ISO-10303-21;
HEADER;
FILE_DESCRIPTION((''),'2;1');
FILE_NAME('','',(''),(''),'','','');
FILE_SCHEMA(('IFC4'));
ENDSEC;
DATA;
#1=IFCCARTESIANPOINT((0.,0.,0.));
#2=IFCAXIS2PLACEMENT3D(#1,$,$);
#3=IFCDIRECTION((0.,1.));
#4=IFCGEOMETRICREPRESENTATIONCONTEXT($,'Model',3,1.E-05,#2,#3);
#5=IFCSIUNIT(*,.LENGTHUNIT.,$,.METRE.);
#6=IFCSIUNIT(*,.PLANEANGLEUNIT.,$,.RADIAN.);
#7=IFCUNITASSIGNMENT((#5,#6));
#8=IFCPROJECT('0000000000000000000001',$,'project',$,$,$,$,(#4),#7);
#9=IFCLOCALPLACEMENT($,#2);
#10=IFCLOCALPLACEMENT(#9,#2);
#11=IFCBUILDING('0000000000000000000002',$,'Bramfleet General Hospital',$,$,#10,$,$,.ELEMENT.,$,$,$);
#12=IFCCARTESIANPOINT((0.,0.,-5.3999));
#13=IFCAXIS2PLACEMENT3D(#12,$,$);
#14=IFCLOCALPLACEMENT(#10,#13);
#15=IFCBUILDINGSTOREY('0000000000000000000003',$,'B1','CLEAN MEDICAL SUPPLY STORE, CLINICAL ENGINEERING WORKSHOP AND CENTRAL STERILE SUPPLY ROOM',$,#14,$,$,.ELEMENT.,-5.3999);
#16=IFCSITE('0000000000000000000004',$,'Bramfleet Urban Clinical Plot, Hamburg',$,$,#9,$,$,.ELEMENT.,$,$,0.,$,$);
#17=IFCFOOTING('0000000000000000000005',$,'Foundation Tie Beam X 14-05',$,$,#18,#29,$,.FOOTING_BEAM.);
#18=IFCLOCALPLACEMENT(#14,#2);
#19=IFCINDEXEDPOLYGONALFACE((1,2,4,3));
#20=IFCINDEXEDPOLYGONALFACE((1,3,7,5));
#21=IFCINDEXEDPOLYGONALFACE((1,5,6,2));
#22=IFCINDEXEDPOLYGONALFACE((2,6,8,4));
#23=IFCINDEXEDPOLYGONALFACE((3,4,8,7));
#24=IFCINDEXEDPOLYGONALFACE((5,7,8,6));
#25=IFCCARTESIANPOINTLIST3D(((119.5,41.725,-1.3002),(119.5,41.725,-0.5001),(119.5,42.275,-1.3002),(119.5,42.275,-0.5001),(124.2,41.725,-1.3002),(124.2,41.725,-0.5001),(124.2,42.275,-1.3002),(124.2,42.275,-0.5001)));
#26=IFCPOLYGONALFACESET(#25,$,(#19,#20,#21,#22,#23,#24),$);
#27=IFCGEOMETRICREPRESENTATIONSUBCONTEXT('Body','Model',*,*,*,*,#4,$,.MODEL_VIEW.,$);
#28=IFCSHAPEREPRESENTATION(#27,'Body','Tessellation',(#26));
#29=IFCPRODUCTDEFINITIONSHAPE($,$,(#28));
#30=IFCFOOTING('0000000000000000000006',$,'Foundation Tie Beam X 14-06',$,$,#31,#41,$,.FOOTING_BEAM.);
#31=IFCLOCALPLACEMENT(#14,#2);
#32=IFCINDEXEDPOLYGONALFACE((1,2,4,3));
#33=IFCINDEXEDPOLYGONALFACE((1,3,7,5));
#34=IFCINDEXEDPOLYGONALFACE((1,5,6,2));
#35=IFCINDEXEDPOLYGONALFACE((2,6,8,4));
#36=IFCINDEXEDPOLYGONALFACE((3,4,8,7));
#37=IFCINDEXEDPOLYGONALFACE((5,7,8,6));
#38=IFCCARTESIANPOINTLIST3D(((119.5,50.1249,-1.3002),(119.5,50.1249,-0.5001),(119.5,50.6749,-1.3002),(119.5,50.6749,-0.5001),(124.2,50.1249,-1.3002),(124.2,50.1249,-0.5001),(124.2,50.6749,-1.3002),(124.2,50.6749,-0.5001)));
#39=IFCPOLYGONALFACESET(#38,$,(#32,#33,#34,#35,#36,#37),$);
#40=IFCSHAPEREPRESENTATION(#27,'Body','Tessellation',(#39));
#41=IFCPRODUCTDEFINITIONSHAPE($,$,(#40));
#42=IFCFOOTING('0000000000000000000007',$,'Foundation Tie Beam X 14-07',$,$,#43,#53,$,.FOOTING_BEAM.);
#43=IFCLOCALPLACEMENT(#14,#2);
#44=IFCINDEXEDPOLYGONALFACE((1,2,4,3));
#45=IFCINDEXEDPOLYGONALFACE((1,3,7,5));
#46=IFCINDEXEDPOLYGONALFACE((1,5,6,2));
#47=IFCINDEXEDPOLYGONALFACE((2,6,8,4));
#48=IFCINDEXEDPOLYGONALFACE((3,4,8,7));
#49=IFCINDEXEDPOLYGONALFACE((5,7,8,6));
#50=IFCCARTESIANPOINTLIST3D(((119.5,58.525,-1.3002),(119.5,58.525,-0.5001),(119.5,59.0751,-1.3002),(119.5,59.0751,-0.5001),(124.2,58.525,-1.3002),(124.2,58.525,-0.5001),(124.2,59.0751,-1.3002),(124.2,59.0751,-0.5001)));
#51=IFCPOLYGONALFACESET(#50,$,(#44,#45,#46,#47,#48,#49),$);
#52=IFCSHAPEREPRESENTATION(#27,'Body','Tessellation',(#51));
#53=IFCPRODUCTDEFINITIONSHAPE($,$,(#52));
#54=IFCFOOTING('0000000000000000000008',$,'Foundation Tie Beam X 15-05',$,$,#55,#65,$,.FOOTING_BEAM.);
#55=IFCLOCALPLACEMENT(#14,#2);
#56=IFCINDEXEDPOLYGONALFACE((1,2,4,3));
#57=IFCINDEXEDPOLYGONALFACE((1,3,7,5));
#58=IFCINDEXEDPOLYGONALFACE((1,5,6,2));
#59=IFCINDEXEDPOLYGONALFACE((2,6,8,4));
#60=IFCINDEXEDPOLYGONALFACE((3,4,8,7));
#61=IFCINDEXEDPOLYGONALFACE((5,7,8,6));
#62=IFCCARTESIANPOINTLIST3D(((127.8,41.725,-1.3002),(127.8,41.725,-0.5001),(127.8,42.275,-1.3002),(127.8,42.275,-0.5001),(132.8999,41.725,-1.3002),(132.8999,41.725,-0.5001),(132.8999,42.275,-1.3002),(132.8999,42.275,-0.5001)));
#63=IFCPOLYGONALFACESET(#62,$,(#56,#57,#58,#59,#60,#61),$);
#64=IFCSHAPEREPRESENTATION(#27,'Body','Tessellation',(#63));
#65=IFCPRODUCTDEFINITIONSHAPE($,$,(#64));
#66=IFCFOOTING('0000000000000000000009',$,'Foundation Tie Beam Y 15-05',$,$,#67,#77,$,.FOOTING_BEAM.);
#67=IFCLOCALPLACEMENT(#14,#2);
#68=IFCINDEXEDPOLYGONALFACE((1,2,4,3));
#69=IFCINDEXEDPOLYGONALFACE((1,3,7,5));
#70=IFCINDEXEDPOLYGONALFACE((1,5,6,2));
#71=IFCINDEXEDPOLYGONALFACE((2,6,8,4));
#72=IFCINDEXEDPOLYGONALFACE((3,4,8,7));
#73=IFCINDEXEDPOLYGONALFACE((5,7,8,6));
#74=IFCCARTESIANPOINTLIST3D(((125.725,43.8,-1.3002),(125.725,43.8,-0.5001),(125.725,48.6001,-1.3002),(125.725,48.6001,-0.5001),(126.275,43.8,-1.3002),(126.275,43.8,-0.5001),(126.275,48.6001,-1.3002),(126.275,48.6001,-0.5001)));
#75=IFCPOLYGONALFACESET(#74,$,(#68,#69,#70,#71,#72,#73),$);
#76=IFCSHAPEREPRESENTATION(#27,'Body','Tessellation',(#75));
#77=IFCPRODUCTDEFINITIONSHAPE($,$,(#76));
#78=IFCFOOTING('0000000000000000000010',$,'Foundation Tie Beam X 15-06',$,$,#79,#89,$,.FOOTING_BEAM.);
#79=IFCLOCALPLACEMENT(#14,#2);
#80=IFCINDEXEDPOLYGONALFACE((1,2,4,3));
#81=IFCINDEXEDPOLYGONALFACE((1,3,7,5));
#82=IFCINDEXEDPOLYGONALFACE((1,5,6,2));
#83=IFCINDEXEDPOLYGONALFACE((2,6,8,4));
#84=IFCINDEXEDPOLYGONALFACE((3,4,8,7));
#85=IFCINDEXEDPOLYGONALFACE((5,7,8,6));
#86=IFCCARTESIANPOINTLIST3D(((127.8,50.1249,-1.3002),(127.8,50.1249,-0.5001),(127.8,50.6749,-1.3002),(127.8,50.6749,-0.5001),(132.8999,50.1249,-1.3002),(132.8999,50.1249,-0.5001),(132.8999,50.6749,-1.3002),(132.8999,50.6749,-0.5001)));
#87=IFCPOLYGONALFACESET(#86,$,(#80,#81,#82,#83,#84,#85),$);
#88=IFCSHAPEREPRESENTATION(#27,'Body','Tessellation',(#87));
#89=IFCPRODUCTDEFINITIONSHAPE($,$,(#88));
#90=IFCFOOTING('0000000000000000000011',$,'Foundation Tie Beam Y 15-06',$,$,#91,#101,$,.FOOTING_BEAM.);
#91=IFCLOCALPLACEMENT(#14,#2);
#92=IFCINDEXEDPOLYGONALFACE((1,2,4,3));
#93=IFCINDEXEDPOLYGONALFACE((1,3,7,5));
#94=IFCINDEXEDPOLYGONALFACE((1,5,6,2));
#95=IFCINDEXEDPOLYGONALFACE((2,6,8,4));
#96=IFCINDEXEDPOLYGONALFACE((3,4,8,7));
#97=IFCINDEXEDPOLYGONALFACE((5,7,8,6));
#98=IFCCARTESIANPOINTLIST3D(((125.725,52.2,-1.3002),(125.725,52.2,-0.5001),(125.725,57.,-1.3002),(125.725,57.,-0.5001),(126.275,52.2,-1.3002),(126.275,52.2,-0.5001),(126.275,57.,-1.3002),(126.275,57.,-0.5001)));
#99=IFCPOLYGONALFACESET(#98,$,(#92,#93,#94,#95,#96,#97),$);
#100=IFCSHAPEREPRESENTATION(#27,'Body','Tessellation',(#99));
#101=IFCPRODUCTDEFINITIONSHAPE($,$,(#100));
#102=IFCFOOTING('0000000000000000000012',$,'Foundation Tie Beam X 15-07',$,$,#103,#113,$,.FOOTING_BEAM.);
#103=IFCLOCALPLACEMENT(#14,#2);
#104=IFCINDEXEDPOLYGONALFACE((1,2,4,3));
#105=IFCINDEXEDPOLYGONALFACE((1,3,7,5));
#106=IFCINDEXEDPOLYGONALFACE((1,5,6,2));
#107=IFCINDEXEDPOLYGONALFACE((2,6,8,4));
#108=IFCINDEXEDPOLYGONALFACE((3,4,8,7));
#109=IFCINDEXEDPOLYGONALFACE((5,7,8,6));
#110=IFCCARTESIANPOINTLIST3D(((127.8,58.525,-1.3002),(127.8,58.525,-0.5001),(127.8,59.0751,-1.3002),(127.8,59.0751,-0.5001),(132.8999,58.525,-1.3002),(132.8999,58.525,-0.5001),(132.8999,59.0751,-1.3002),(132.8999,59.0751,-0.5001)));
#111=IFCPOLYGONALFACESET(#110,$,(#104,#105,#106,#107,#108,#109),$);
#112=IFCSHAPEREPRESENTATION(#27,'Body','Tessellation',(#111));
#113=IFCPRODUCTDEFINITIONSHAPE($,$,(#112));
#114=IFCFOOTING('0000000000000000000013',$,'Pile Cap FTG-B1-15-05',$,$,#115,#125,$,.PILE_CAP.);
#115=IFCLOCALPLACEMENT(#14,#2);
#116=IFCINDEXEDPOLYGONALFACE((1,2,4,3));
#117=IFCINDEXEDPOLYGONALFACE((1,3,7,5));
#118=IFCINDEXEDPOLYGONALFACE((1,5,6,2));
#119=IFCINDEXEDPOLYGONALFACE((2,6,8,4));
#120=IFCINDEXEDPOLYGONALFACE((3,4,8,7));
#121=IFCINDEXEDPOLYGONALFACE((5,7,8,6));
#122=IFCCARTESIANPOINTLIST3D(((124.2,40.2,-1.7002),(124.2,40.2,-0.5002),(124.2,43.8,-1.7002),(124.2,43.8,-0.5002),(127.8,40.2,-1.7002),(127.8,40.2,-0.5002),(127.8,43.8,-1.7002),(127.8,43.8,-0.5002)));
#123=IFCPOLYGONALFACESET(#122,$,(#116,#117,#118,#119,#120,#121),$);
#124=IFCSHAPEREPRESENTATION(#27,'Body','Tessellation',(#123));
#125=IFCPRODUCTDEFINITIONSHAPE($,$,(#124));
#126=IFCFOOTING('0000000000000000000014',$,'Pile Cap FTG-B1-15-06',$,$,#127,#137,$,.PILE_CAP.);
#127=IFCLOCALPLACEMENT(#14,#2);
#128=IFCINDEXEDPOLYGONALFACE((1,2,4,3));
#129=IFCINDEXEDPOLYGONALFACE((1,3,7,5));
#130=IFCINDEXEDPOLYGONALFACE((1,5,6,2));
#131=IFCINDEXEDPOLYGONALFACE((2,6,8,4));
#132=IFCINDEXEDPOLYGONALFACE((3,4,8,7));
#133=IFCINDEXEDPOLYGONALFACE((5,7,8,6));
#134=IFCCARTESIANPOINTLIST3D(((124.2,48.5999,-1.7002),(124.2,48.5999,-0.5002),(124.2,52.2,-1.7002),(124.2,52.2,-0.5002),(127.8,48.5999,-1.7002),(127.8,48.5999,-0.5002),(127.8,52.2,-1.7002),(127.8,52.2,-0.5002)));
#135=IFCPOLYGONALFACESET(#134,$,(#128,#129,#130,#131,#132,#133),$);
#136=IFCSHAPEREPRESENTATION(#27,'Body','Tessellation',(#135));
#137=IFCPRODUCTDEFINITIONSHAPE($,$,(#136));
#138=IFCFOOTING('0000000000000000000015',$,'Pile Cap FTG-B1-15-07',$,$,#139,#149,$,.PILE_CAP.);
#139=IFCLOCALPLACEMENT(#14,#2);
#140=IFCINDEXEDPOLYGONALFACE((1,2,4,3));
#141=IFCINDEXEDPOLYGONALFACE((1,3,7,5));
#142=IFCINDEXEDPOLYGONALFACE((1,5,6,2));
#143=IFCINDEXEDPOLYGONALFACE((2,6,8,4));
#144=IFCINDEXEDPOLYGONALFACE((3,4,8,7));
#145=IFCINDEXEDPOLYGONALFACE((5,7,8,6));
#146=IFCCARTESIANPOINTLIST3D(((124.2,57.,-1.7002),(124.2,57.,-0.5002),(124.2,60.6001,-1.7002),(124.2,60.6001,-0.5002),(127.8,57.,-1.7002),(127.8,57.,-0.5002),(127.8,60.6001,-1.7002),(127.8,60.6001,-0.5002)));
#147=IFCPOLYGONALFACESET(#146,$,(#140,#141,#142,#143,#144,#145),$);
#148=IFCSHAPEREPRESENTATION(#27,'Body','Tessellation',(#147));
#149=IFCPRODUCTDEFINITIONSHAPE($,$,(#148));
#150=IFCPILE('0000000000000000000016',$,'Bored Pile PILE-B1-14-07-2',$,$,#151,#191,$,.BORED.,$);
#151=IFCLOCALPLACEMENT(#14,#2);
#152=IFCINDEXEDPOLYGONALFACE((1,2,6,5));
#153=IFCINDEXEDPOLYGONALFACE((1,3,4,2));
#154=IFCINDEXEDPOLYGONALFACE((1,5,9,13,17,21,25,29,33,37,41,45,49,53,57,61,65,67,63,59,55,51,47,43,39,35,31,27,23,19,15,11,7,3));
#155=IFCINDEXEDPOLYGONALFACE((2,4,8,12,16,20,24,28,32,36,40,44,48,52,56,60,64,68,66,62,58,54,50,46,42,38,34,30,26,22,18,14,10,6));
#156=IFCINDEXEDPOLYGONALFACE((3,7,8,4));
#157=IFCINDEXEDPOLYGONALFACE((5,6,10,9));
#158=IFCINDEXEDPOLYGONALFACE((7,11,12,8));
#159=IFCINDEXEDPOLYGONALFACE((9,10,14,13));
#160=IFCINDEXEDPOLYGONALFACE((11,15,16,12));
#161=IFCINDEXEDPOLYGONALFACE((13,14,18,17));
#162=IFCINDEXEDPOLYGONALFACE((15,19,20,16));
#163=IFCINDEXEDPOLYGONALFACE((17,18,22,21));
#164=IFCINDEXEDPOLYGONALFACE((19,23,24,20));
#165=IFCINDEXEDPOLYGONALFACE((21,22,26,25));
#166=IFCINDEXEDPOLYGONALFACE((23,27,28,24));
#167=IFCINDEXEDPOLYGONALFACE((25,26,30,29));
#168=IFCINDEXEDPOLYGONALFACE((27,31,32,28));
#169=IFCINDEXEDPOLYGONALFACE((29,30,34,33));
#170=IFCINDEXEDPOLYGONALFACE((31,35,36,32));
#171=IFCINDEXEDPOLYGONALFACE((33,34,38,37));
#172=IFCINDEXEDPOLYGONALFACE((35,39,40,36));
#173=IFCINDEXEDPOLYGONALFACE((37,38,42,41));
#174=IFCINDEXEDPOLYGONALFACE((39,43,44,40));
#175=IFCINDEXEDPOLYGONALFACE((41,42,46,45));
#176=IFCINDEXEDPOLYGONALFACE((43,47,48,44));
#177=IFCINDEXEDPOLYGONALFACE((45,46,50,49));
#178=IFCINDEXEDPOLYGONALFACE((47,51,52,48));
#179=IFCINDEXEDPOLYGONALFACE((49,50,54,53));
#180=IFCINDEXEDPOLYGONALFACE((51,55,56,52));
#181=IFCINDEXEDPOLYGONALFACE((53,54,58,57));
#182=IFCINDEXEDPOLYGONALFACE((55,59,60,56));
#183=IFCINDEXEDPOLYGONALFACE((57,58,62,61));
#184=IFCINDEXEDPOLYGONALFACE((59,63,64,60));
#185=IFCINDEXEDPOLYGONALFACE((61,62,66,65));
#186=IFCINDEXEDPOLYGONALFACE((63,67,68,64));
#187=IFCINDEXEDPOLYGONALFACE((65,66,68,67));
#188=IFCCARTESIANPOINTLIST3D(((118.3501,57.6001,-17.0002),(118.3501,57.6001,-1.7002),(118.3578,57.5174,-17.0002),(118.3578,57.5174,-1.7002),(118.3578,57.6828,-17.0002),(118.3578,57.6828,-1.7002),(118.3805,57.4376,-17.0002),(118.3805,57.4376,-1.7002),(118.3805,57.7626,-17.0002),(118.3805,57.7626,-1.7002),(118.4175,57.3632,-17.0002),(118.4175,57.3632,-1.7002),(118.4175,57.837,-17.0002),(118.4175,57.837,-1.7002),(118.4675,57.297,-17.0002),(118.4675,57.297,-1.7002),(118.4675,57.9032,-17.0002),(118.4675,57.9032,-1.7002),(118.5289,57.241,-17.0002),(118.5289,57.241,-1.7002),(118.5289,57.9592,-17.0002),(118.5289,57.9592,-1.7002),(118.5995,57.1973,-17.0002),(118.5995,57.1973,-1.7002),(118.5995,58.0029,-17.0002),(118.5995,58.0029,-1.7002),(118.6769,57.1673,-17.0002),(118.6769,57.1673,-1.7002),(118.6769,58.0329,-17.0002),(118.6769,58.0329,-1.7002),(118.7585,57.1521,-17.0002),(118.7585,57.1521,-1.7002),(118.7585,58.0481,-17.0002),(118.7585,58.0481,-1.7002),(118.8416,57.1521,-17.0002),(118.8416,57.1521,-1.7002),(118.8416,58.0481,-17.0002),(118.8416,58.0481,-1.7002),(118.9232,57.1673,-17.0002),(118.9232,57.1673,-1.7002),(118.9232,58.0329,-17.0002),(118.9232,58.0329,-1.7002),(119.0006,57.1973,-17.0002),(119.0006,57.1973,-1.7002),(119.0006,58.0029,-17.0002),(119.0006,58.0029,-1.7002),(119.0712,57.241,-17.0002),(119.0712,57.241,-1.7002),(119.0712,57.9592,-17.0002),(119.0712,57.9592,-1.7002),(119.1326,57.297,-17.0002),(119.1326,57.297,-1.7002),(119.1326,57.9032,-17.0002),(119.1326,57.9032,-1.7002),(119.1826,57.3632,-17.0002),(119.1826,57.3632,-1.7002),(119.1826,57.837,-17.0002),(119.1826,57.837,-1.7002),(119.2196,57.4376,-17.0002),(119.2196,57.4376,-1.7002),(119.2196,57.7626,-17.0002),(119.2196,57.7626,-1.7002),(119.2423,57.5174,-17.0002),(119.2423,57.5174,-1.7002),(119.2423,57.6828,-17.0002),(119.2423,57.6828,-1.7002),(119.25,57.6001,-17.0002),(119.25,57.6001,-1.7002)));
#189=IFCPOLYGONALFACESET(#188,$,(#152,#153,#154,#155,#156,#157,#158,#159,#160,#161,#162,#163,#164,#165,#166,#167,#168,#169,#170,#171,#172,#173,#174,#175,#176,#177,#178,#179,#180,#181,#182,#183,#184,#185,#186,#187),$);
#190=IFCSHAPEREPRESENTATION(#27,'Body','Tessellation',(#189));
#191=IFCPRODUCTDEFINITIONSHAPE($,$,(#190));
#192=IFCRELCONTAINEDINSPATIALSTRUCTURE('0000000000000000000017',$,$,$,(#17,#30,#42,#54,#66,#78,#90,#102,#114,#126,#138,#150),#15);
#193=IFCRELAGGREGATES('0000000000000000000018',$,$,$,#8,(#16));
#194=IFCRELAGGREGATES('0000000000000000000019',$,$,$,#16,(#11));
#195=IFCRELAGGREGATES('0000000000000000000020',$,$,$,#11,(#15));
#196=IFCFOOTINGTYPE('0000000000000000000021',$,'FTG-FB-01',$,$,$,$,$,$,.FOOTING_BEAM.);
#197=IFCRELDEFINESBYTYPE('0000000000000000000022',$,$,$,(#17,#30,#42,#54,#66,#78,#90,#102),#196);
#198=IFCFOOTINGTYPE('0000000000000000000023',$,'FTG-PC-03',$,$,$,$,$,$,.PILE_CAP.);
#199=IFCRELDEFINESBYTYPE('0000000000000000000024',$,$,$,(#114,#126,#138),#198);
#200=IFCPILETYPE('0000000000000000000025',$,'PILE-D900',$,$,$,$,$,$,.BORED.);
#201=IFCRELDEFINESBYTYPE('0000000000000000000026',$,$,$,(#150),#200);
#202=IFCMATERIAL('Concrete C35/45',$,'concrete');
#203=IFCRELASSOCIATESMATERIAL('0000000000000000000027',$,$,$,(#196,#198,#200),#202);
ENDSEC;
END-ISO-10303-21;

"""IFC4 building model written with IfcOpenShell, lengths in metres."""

from ifc_helpers import new_model, si_unit, direction, frame, origin, origin_2d, place, context, subcontext, project, spatial, rectangle, circle, extrude, material, material_profile, profile_set, type_object, element, save


model = new_model("IFC4")

# Units and contexts
model_context = context("Model", 3, precision=1e-05, world=origin(), true_north=direction((0.0, 1.0)))
body_context = subcontext(model_context, "Body", "Model", "MODEL_VIEW")
ifc_project = project(units=[si_unit("LENGTHUNIT", "METRE"), si_unit("PLANEANGLEUNIT", "RADIAN")], contexts=[model_context])

# Site, building, storey
site_placement = place(None, origin())
site = spatial("IfcSite", under=ifc_project, at=site_placement, Name="Bramfleet Urban Clinical Plot, Hamburg", CompositionType="ELEMENT", RefElevation=0.0)
building_placement = place(site_placement, origin())
building = spatial("IfcBuilding", under=site, at=building_placement, Name="Bramfleet General Hospital", CompositionType="ELEMENT")
storey_placement = place(building_placement, frame((0.0, 0.0, -5.3999)))
storey = spatial("IfcBuildingStorey", under=building, at=storey_placement, Name="B1", Description="CLEAN MEDICAL SUPPLY STORE, CLINICAL ENGINEERING WORKSHOP AND CENTRAL STERILE SUPPLY ROOM", CompositionType="ELEMENT", Elevation=-5.3999)

# Footings
ifc_material_1 = material(Name="Concrete C35/45", Category="concrete")
ifc_material_profile_1 = material_profile(ifc_material_1, rectangle(XDim=0.55, YDim=0.8, at=origin_2d()), Name="RC FB 800x550")
ifc_profile_set_1 = profile_set([ifc_material_profile_1], Name="Concrete C35/45")
footing_type_1 = type_object("IfcFootingType", Name="FTG-FB-01", PredefinedType="FOOTING_BEAM", material=ifc_profile_set_1)
for number, where, z_axis, x_axis, name in (
    (1, (119.5, 42.0, -0.9001), (1.0, 0.0, 0.0), (0.0, 1.0, 0.0), "Foundation Tie Beam X 14-05"),
    (2, (119.5, 50.3999, -0.9001), (1.0, 0.0, 0.0), (0.0, 1.0, 0.0), "Foundation Tie Beam X 14-06"),
    (3, (119.5, 58.8, -0.9001), (1.0, 0.0, 0.0), (0.0, 1.0, 0.0), "Foundation Tie Beam X 14-07"),
):
    element("IfcFooting", number, at=place(storey_placement, frame(where, z_axis=z_axis, x_axis=x_axis)), inside=storey, type_object=footing_type_1, Name=name, PredefinedType="FOOTING_BEAM", context=body_context, shape_type="SweptSolid", body=[
        extrude(rectangle(XDim=0.55, YDim=0.8, at=origin_2d()), origin(), (0.0, 0.0, 1.0), 4.7),
    ])
footing_1_placement = place(storey_placement, frame((127.8, 42.0, -0.9001), z_axis=(1.0, 0.0, 0.0), x_axis=(0.0, 1.0, 0.0)))
element("IfcFooting", 4, at=footing_1_placement, inside=storey, type_object=footing_type_1, Name="Foundation Tie Beam X 15-05", PredefinedType="FOOTING_BEAM", context=body_context, shape_type="SweptSolid", body=[
    extrude(rectangle(XDim=0.55, YDim=0.8, at=origin_2d()), origin(), (0.0, 0.0, 1.0), 5.0999),
])
footing_2_placement = place(storey_placement, frame((126.0, 43.8, -0.9001), z_axis=(0.0, 1.0, 0.0), x_axis=(-1.0, 0.0, 0.0)))
element("IfcFooting", 5, at=footing_2_placement, inside=storey, type_object=footing_type_1, Name="Foundation Tie Beam Y 15-05", PredefinedType="FOOTING_BEAM", context=body_context, shape_type="SweptSolid", body=[
    extrude(rectangle(XDim=0.55, YDim=0.8, at=origin_2d()), origin(), (0.0, 0.0, 1.0), 4.8),
])
footing_3_placement = place(storey_placement, frame((127.8, 50.3999, -0.9001), z_axis=(1.0, 0.0, 0.0), x_axis=(0.0, 1.0, 0.0)))
element("IfcFooting", 6, at=footing_3_placement, inside=storey, type_object=footing_type_1, Name="Foundation Tie Beam X 15-06", PredefinedType="FOOTING_BEAM", context=body_context, shape_type="SweptSolid", body=[
    extrude(rectangle(XDim=0.55, YDim=0.8, at=origin_2d()), origin(), (0.0, 0.0, 1.0), 5.0999),
])
footing_4_placement = place(storey_placement, frame((126.0, 52.2, -0.9001), z_axis=(0.0, 1.0, 0.0), x_axis=(-1.0, 0.0, 0.0)))
element("IfcFooting", 7, at=footing_4_placement, inside=storey, type_object=footing_type_1, Name="Foundation Tie Beam Y 15-06", PredefinedType="FOOTING_BEAM", context=body_context, shape_type="SweptSolid", body=[
    extrude(rectangle(XDim=0.55, YDim=0.8, at=origin_2d()), origin(), (0.0, 0.0, 1.0), 4.8),
])
footing_5_placement = place(storey_placement, frame((127.8, 58.8, -0.9001), z_axis=(1.0, 0.0, 0.0), x_axis=(0.0, 1.0, 0.0)))
element("IfcFooting", 8, at=footing_5_placement, inside=storey, type_object=footing_type_1, Name="Foundation Tie Beam X 15-07", PredefinedType="FOOTING_BEAM", context=body_context, shape_type="SweptSolid", body=[
    extrude(rectangle(XDim=0.55, YDim=0.8, at=origin_2d()), origin(), (0.0, 0.0, 1.0), 5.0999),
])
footing_type_2 = type_object("IfcFootingType", Name="FTG-PC-03", PredefinedType="PILE_CAP", material=ifc_material_1)
for number, where, z_axis, x_axis, name in (
    (9, (126.0, 42.0, -1.7002), (0.0, 0.0, 1.0), (1.0, 0.0, 0.0), "Pile Cap FTG-B1-15-05"),
    (10, (126.0, 50.3999, -1.7002), (0.0, 0.0, 1.0), (1.0, 0.0, 0.0), "Pile Cap FTG-B1-15-06"),
    (11, (126.0, 58.8, -1.7002), (0.0, 0.0, 1.0), (1.0, 0.0, 0.0), "Pile Cap FTG-B1-15-07"),
):
    element("IfcFooting", number, at=place(storey_placement, frame(where, z_axis=z_axis, x_axis=x_axis)), inside=storey, type_object=footing_type_2, Name=name, PredefinedType="PILE_CAP", context=body_context, shape_type="SweptSolid", body=[
        extrude(rectangle(XDim=3.6001, YDim=3.6001, at=origin_2d()), origin(), (0.0, 0.0, 1.0), 1.2),
    ])

# Pile
ifc_material_profile_2 = material_profile(ifc_material_1, circle(Radius=0.45, at=origin_2d()), Name="PILE BORED D900")
ifc_profile_set_2 = profile_set([ifc_material_profile_2], Name="Concrete C35/45")
pile_type = type_object("IfcPileType", Name="PILE-D900", PredefinedType="BORED", material=ifc_profile_set_2)
pile_placement = place(storey_placement, frame((118.8, 57.6001, -1.7002), z_axis=(0.0, 0.0, -1.0), x_axis=(1.0, 0.0, 0.0)))
element("IfcPile", 12, at=pile_placement, inside=storey, type_object=pile_type, Name="Bored Pile PILE-B1-14-07-2", PredefinedType="BORED", context=body_context, shape_type="SweptSolid", body=[
    extrude(circle(Radius=0.45, at=origin_2d()), origin(), (0.0, 0.0, 1.0), 15.3),
])

save(model, "model.ifc")
